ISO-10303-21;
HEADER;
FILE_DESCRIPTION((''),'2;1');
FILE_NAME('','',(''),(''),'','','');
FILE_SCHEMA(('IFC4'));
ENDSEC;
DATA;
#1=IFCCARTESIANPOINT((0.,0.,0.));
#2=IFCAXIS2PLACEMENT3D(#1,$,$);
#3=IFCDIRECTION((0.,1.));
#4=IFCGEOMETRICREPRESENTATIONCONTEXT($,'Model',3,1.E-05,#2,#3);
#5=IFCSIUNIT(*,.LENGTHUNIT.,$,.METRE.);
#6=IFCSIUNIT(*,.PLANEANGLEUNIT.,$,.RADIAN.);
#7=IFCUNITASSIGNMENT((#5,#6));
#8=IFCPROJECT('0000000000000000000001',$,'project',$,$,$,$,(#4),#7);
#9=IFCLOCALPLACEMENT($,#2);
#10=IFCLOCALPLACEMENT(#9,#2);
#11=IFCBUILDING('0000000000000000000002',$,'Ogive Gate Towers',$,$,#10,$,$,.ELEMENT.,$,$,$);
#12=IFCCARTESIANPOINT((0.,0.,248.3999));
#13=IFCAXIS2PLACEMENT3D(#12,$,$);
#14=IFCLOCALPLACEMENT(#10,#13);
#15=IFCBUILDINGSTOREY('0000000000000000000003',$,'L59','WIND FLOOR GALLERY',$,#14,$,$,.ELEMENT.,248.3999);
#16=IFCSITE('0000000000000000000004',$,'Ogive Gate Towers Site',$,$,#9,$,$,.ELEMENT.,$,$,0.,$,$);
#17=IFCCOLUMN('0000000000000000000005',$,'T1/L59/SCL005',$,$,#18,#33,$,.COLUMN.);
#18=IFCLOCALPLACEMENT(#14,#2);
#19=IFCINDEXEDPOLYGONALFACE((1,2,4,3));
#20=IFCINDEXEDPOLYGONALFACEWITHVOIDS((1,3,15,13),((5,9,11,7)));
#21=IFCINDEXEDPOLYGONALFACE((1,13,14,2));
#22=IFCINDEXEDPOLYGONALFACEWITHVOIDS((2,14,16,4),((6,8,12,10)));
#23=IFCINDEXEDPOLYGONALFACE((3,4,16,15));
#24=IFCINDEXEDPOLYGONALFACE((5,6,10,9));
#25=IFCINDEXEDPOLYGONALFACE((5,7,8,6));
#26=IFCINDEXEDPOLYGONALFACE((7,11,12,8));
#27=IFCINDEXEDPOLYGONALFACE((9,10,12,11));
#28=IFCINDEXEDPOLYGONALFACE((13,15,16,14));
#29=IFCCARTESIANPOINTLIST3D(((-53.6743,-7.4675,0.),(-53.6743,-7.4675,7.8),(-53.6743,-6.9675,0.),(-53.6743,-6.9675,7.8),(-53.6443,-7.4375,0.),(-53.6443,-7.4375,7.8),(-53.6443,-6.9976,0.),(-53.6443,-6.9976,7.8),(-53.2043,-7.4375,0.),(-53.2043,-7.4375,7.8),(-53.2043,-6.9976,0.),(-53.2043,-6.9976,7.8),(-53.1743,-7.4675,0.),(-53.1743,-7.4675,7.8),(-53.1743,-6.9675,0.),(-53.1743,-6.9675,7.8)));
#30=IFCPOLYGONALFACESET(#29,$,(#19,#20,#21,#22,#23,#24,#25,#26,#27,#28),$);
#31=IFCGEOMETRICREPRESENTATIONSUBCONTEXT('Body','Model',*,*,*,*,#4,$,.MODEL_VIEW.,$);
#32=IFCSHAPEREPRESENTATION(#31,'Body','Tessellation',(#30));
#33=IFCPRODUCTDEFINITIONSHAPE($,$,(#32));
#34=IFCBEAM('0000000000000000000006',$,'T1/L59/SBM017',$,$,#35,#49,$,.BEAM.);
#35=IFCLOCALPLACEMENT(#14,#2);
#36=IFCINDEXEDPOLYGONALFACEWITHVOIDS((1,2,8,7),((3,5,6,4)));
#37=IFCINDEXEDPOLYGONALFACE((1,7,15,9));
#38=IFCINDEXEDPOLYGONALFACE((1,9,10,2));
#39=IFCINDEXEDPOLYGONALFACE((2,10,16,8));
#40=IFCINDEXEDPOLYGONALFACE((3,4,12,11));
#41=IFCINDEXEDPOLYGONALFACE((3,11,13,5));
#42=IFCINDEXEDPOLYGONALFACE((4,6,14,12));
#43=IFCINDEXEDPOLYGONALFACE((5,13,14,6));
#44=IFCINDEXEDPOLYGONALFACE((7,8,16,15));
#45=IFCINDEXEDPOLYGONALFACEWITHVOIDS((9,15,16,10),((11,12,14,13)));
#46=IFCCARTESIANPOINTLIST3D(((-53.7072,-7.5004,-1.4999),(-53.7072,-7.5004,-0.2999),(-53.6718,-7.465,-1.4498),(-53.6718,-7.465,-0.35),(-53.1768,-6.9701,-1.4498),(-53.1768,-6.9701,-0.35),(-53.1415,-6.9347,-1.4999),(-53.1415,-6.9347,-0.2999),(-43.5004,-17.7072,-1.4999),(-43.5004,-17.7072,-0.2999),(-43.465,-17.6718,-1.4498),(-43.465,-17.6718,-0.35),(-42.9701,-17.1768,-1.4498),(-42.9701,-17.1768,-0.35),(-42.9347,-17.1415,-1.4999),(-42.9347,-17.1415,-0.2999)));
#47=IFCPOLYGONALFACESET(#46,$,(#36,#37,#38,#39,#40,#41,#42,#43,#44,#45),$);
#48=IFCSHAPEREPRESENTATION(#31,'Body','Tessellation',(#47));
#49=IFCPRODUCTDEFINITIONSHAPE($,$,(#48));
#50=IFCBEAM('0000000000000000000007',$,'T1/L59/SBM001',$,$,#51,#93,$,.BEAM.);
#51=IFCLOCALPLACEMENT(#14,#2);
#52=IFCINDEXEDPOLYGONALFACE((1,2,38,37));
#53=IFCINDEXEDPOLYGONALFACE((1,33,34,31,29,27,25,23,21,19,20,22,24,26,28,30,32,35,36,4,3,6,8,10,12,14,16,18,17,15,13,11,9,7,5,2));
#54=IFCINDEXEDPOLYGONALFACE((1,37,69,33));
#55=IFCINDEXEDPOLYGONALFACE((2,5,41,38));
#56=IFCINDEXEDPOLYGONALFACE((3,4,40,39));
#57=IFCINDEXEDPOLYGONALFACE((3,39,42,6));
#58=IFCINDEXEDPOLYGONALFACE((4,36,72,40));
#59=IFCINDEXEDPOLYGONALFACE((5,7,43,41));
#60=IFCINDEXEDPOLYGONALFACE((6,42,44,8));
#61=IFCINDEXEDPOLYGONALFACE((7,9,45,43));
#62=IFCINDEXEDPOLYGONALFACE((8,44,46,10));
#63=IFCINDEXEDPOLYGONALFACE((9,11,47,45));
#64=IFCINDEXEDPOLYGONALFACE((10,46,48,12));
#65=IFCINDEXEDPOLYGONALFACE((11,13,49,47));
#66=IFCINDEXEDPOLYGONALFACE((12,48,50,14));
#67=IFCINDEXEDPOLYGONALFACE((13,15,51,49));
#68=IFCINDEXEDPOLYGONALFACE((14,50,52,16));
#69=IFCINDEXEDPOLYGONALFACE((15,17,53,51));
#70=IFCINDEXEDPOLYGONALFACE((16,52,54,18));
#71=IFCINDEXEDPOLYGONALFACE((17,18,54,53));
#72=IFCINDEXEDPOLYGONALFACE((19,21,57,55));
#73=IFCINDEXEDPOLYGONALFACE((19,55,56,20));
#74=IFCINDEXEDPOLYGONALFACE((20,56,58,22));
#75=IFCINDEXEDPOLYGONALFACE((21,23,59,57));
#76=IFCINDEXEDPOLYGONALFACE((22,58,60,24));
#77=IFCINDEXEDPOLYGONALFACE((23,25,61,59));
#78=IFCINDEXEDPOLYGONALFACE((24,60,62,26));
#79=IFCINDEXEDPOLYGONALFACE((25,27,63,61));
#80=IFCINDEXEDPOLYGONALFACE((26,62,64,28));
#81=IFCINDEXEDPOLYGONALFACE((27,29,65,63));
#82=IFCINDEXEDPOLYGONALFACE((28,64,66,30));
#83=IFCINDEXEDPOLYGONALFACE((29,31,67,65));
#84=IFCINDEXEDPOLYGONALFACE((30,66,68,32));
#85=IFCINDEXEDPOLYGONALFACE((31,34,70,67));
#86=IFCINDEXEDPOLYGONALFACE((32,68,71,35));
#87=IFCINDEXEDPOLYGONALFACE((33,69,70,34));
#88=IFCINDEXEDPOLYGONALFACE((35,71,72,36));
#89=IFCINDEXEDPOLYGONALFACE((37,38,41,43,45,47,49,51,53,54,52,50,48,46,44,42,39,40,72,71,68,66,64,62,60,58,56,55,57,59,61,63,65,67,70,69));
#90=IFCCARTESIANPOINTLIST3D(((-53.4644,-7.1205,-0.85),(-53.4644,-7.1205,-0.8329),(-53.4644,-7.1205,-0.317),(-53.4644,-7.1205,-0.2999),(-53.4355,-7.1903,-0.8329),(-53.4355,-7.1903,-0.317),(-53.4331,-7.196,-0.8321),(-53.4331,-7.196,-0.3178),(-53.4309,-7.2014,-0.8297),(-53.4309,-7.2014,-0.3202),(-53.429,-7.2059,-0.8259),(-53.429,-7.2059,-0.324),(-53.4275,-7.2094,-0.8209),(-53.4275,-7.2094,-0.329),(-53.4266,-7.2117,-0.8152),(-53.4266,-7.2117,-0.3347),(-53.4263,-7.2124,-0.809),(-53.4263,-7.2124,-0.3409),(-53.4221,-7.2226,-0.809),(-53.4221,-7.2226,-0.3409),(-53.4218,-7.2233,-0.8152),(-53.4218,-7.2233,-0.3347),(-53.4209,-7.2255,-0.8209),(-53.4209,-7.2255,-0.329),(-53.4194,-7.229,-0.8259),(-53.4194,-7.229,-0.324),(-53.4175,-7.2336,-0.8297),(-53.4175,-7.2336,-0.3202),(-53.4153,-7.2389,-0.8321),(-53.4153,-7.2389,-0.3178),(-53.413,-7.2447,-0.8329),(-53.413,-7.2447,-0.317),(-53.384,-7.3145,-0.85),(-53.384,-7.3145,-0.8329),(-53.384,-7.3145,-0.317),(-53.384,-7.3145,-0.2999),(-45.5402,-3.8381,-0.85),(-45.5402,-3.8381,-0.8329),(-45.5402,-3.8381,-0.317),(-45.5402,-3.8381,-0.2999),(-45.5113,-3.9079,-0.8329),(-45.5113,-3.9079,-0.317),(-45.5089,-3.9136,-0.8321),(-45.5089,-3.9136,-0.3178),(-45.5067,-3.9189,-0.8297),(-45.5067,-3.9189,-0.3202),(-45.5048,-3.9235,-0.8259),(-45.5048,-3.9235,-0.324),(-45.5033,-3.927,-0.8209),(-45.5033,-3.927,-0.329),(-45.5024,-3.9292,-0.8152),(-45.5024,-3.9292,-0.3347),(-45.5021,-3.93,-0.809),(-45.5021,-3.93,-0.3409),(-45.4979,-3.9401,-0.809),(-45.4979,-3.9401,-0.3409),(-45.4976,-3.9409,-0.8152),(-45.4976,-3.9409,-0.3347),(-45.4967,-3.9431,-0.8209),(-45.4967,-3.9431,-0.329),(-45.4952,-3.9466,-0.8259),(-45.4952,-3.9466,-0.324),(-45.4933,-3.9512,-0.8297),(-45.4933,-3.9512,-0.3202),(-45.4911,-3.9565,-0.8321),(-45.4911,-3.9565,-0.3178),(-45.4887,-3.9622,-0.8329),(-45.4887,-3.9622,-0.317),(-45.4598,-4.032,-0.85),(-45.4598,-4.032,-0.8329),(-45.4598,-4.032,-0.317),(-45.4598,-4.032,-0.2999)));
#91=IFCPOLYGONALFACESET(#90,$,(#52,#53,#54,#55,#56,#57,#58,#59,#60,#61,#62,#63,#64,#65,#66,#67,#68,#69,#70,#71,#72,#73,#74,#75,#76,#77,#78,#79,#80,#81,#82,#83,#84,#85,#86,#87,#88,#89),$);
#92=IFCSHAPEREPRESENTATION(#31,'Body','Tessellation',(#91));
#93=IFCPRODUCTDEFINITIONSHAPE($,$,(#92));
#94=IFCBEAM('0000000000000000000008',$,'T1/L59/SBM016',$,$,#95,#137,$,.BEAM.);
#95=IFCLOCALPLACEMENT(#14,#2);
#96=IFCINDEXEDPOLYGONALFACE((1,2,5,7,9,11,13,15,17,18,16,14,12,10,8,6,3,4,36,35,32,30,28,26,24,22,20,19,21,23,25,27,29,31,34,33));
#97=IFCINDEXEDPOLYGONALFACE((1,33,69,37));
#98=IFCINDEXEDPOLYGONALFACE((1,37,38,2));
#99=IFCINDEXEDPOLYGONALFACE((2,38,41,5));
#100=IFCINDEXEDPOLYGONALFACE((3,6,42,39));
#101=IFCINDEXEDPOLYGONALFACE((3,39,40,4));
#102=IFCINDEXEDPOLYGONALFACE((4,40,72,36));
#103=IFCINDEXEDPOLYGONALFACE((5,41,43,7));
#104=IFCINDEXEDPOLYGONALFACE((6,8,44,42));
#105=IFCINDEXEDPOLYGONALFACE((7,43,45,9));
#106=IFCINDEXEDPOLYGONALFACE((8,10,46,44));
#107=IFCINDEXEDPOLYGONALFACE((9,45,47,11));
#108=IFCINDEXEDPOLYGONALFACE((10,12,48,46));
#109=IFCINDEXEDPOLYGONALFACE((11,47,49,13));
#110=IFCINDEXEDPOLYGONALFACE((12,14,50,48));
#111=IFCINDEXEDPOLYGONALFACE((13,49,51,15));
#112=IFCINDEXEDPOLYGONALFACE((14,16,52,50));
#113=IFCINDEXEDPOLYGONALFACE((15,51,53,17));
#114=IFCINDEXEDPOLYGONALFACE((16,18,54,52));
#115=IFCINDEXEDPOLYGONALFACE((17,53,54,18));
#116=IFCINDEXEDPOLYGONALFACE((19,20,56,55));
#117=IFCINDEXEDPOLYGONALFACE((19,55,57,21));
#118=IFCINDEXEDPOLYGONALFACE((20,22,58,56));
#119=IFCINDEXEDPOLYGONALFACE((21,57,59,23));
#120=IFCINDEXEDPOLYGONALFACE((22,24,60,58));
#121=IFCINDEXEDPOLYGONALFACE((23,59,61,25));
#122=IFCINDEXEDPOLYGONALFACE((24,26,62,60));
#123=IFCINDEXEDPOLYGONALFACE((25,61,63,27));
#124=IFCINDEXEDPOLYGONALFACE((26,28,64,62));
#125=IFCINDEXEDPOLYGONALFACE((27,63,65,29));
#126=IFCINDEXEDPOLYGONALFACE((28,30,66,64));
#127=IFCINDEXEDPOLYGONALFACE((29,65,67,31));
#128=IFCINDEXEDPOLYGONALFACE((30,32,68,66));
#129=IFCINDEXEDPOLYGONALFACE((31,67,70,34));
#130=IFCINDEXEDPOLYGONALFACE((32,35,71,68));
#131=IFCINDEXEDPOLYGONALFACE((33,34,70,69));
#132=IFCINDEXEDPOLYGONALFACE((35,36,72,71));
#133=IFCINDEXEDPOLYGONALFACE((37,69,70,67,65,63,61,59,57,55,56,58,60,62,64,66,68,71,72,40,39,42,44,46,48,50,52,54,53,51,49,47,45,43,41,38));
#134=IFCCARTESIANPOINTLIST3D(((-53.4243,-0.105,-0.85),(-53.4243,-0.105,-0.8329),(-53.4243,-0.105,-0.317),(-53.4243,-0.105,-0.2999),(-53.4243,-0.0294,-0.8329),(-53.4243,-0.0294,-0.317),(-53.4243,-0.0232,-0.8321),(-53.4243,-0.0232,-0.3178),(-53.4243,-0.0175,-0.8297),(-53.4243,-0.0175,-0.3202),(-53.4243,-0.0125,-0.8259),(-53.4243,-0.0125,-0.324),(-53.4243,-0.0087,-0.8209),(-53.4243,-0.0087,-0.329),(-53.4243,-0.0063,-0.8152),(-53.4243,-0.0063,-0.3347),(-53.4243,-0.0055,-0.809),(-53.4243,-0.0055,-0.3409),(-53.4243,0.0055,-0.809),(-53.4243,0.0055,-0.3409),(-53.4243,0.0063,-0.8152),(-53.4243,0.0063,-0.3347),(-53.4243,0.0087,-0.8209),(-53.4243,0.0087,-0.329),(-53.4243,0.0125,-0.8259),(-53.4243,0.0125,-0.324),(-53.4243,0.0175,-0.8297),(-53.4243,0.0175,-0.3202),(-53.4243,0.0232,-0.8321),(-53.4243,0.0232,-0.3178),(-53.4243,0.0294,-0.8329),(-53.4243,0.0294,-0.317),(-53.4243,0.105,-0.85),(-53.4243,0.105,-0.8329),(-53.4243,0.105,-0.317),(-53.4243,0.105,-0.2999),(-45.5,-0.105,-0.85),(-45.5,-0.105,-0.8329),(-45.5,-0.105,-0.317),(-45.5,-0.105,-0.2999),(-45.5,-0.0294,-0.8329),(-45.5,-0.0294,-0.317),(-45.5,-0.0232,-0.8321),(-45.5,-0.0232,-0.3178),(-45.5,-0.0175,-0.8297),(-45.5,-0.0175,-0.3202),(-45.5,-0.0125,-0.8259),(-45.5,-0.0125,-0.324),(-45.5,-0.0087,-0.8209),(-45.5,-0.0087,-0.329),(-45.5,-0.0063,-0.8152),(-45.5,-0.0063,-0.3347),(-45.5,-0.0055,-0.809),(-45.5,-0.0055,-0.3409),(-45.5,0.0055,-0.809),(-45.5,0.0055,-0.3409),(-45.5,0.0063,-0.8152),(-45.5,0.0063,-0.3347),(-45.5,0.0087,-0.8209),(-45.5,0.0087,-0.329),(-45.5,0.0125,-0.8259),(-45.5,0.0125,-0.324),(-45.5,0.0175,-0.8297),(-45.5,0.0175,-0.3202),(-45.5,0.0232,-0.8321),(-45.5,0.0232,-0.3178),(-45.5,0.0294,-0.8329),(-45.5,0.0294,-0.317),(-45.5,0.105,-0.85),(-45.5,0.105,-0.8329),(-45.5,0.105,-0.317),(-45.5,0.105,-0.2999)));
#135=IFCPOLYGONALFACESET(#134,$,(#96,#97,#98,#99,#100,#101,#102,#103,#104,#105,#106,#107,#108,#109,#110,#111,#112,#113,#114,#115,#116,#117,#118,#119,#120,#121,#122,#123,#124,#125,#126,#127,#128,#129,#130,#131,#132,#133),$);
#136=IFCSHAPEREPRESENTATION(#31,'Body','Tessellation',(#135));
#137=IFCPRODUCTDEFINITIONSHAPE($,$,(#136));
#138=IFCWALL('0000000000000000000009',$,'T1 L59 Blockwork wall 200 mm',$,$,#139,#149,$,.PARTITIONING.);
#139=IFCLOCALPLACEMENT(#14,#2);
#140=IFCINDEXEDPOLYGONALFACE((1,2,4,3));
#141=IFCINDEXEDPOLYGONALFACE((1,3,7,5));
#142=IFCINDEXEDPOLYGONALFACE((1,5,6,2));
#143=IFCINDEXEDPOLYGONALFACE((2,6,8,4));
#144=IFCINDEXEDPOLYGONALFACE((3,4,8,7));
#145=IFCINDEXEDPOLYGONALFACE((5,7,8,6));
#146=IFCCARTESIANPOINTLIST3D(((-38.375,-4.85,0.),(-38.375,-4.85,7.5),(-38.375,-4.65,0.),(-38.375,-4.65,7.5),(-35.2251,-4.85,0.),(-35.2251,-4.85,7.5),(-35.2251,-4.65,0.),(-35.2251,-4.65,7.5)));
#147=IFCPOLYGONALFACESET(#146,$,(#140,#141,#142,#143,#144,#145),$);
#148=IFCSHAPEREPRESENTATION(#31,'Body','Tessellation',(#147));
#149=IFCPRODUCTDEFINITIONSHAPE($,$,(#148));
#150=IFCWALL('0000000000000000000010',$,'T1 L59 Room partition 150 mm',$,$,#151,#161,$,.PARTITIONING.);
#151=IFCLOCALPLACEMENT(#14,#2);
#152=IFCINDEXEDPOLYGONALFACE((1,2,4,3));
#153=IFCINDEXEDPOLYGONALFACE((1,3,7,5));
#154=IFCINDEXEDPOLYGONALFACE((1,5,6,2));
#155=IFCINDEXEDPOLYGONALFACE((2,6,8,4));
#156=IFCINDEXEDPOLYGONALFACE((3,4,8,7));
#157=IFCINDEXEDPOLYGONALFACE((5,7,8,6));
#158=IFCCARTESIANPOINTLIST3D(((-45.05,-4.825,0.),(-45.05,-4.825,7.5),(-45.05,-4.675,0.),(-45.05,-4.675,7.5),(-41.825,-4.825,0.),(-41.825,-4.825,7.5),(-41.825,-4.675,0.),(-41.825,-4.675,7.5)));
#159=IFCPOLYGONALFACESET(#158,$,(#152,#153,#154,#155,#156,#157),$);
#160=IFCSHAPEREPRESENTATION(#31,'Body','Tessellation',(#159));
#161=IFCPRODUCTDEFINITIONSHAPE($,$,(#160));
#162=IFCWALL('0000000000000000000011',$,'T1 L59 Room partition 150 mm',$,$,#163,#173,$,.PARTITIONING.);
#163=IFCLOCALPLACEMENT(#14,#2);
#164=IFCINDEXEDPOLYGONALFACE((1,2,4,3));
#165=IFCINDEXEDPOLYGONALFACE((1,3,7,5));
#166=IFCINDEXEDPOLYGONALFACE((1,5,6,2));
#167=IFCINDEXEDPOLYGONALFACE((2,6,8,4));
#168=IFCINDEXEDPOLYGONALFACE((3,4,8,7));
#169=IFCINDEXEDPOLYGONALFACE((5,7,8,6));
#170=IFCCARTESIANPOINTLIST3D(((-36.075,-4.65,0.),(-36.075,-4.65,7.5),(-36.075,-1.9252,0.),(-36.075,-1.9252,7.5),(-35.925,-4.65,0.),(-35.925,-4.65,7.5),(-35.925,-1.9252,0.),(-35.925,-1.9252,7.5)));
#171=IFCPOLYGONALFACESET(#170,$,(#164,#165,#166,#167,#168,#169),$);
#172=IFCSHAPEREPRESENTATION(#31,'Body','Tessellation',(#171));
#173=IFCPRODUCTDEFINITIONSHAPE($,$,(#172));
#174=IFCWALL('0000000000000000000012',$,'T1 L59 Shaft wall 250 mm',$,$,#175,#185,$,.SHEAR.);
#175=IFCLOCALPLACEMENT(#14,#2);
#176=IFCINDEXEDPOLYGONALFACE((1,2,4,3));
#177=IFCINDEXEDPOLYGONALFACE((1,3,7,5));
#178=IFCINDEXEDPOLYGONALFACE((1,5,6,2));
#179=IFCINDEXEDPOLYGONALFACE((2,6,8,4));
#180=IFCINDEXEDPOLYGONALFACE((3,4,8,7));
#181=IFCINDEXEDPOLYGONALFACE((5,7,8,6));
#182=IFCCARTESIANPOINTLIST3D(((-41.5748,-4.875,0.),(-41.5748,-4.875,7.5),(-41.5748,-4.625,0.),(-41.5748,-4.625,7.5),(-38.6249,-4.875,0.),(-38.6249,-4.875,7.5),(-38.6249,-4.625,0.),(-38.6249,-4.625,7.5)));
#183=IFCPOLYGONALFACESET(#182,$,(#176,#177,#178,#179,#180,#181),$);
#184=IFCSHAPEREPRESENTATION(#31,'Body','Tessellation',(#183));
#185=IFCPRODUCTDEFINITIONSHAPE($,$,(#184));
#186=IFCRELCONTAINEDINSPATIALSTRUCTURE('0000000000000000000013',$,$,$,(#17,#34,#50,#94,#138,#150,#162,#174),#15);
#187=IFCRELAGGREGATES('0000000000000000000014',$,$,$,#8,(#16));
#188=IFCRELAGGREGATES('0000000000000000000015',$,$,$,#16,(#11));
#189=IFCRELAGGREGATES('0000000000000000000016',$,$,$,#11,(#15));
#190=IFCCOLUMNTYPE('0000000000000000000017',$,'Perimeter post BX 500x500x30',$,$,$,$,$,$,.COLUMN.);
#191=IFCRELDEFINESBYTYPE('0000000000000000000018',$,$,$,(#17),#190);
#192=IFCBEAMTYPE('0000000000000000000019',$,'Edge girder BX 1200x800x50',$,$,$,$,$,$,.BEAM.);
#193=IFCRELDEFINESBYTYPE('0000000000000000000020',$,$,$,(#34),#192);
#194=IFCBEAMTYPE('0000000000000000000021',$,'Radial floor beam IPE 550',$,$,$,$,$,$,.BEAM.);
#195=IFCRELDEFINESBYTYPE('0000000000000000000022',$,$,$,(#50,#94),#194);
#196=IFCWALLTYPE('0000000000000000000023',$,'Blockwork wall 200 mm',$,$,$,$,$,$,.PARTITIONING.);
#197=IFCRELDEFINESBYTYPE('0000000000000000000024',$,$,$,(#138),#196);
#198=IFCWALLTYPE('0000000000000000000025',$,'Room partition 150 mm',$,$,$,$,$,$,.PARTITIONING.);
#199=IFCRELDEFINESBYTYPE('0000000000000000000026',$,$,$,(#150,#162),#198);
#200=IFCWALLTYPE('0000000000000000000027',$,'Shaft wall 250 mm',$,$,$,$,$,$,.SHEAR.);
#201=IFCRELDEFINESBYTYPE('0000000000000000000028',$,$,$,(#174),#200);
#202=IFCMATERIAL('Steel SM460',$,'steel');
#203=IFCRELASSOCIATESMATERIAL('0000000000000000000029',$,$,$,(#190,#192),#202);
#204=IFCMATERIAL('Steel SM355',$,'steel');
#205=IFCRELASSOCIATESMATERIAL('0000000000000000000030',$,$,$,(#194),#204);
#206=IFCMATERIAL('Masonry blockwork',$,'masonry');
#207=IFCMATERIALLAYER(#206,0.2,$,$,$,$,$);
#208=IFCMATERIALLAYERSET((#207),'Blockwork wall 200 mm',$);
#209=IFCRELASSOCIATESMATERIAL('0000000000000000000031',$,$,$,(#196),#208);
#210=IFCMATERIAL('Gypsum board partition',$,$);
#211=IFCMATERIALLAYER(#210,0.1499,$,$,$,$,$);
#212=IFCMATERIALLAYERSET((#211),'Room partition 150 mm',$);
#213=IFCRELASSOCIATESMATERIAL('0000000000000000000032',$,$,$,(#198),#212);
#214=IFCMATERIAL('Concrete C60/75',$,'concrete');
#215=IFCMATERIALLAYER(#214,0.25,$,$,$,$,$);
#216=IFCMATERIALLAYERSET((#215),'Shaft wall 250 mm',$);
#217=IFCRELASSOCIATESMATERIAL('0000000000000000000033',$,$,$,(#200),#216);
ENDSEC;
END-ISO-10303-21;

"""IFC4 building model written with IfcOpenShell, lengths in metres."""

from ifc_helpers import new_model, si_unit, direction, frame, frame_2d, origin, origin_2d, place, context, subcontext, project, spatial, rectangle, hollow_rectangle, i_section, extrude, material, layer, layer_set, material_profile, profile_set, type_object, element, save


model = new_model("IFC4")

# Units and contexts
model_context = context("Model", 3, precision=1e-05, world=origin(), true_north=direction((0.0, 1.0)))
body_context = subcontext(model_context, "Body", "Model", "MODEL_VIEW")
ifc_project = project(units=[si_unit("LENGTHUNIT", "METRE"), si_unit("PLANEANGLEUNIT", "RADIAN")], contexts=[model_context])

# Site, building, storey
site_placement = place(None, origin())
site = spatial("IfcSite", under=ifc_project, at=site_placement, Name="Ogive Gate Towers Site", CompositionType="ELEMENT", RefElevation=0.0)
building_placement = place(site_placement, origin())
building = spatial("IfcBuilding", under=site, at=building_placement, Name="Ogive Gate Towers", CompositionType="ELEMENT")
storey_placement = place(building_placement, frame((0.0, 0.0, 248.3999)))
storey = spatial("IfcBuildingStorey", under=building, at=storey_placement, Name="L59", Description="WIND FLOOR GALLERY", CompositionType="ELEMENT", Elevation=248.3999)

# Column
ifc_material_1 = material(Name="Steel SM460", Category="steel")
ifc_material_profile_1 = material_profile(ifc_material_1, hollow_rectangle(XDim=0.5, YDim=0.5, WallThickness=0.03, at=origin_2d()), Name="BX 500x500x30")
ifc_profile_set_1 = profile_set([ifc_material_profile_1], Name="Steel SM460")
column_type = type_object("IfcColumnType", Name="Perimeter post BX 500x500x30", PredefinedType="COLUMN", material=ifc_profile_set_1)
column_placement = place(storey_placement, frame((-53.4243, -7.2175, 0.0), z_axis=(0.0, 0.0, 1.0), x_axis=(1.0, 0.0, 0.0)))
element("IfcColumn", 1, at=column_placement, inside=storey, type_object=column_type, Name="T1/L59/SCL005", PredefinedType="COLUMN", context=body_context, shape_type="SweptSolid", body=[
    extrude(hollow_rectangle(XDim=0.5, YDim=0.5, WallThickness=0.03, at=origin_2d()), origin(), (0.0, 0.0, 1.0), 7.8),
])

# Beams
ifc_material_profile_2 = material_profile(ifc_material_1, hollow_rectangle(XDim=0.8, YDim=1.2, WallThickness=0.05, at=origin_2d()), Name="BX 1200x800x50")
ifc_profile_set_2 = profile_set([ifc_material_profile_2], Name="Steel SM460")
beam_type_1 = type_object("IfcBeamType", Name="Edge girder BX 1200x800x50", PredefinedType="BEAM", material=ifc_profile_set_2)
beam_1_placement = place(storey_placement, frame((-53.4243, -7.2175, -0.8999), z_axis=(0.707107, -0.707107, 0.0), x_axis=(0.707107, 0.707107, 0.0)))
element("IfcBeam", 2, at=beam_1_placement, inside=storey, type_object=beam_type_1, Name="T1/L59/SBM017", PredefinedType="BEAM", context=body_context, shape_type="SweptSolid", body=[
    extrude(hollow_rectangle(XDim=0.8, YDim=1.2, WallThickness=0.05, at=origin_2d()), origin(), (0.0, 0.0, 1.0), 14.4346),
])
ifc_material_2 = material(Name="Steel SM355", Category="steel")
ifc_material_profile_3 = material_profile(ifc_material_2, i_section(OverallWidth=0.21, OverallDepth=0.55, WebThickness=0.011, FlangeThickness=0.0171, FilletRadius=0.0239, at=origin_2d()), Name="IPE 550")
ifc_profile_set_3 = profile_set([ifc_material_profile_3], Name="Steel SM355")
beam_type_2 = type_object("IfcBeamType", Name="Radial floor beam IPE 550", PredefinedType="BEAM", material=ifc_profile_set_3)
beam_2_placement = place(storey_placement, frame((-45.5, -3.9351, -0.575), z_axis=(-0.923875, -0.382695, 0.0), x_axis=(0.382695, -0.923875, 0.0)))
element("IfcBeam", 3, at=beam_2_placement, inside=storey, type_object=beam_type_2, Name="T1/L59/SBM001", PredefinedType="BEAM", context=body_context, shape_type="SweptSolid", body=[
    extrude(i_section(OverallWidth=0.21, OverallDepth=0.55, WebThickness=0.011, FlangeThickness=0.0171, FilletRadius=0.0239, at=origin_2d()), origin(), (0.0, 0.0, 1.0), 8.5771),
])
beam_3_placement = place(storey_placement, frame((-45.5, 0.0, -0.575), z_axis=(-1.0, 0.0, 0.0), x_axis=(0.0, -1.0, 0.0)))
element("IfcBeam", 4, at=beam_3_placement, inside=storey, type_object=beam_type_2, Name="T1/L59/SBM016", PredefinedType="BEAM", context=body_context, shape_type="SweptSolid", body=[
    extrude(i_section(OverallWidth=0.21, OverallDepth=0.55, WebThickness=0.011, FlangeThickness=0.0171, FilletRadius=0.0239, at=origin_2d()), origin(), (0.0, 0.0, 1.0), 7.9243),
])

# Walls
ifc_material_3 = material(Name="Masonry blockwork", Category="masonry")
ifc_layer_1 = layer(ifc_material_3, 0.2)
ifc_layer_set_1 = layer_set([ifc_layer_1], Name="Blockwork wall 200 mm")
wall_type_1 = type_object("IfcWallType", Name="Blockwork wall 200 mm", PredefinedType="PARTITIONING", material=ifc_layer_set_1)
wall_1_placement = place(storey_placement, frame((-38.375, -4.75, 0.0), z_axis=(0.0, 0.0, 1.0), x_axis=(1.0, 0.0, 0.0)))
element("IfcWall", 5, at=wall_1_placement, inside=storey, type_object=wall_type_1, Name="T1 L59 Blockwork wall 200 mm", PredefinedType="PARTITIONING", context=body_context, shape_type="SweptSolid", body=[
    extrude(rectangle(XDim=3.1499, YDim=0.2, at=frame_2d((1.575, 0.0))), origin(), (0.0, 0.0, 1.0), 7.5),
])
ifc_material_4 = material(Name="Gypsum board partition")
ifc_layer_2 = layer(ifc_material_4, 0.1499)
ifc_layer_set_2 = layer_set([ifc_layer_2], Name="Room partition 150 mm")
wall_type_2 = type_object("IfcWallType", Name="Room partition 150 mm", PredefinedType="PARTITIONING", material=ifc_layer_set_2)
wall_2_placement = place(storey_placement, frame((-45.05, -4.75, 0.0), z_axis=(0.0, 0.0, 1.0), x_axis=(1.0, 0.0, 0.0)))
element("IfcWall", 6, at=wall_2_placement, inside=storey, type_object=wall_type_2, Name="T1 L59 Room partition 150 mm", PredefinedType="PARTITIONING", context=body_context, shape_type="SweptSolid", body=[
    extrude(rectangle(XDim=3.2251, YDim=0.1499, at=frame_2d((1.6125, 0.0))), origin(), (0.0, 0.0, 1.0), 7.5),
])
wall_3_placement = place(storey_placement, frame((-36.0, -4.6499, 0.0), z_axis=(0.0, 0.0, 1.0), x_axis=(0.0, 1.0, 0.0)))
element("IfcWall", 7, at=wall_3_placement, inside=storey, type_object=wall_type_2, Name="T1 L59 Room partition 150 mm", PredefinedType="PARTITIONING", context=body_context, shape_type="SweptSolid", body=[
    extrude(rectangle(XDim=2.7249, YDim=0.1499, at=frame_2d((1.3623, 0.0))), origin(), (0.0, 0.0, 1.0), 7.5),
])
ifc_material_5 = material(Name="Concrete C60/75", Category="concrete")
ifc_layer_3 = layer(ifc_material_5, 0.25)
ifc_layer_set_3 = layer_set([ifc_layer_3], Name="Shaft wall 250 mm")
wall_type_3 = type_object("IfcWallType", Name="Shaft wall 250 mm", PredefinedType="SHEAR", material=ifc_layer_set_3)
wall_4_placement = place(storey_placement, frame((-41.575, -4.75, 0.0), z_axis=(0.0, 0.0, 1.0), x_axis=(1.0, 0.0, 0.0)))
element("IfcWall", 8, at=wall_4_placement, inside=storey, type_object=wall_type_3, Name="T1 L59 Shaft wall 250 mm", PredefinedType="SHEAR", context=body_context, shape_type="SweptSolid", body=[
    extrude(rectangle(XDim=2.95, YDim=0.25, at=frame_2d((1.4751, 0.0))), origin(), (0.0, 0.0, 1.0), 7.5),
])

save(model, "model.ifc")
